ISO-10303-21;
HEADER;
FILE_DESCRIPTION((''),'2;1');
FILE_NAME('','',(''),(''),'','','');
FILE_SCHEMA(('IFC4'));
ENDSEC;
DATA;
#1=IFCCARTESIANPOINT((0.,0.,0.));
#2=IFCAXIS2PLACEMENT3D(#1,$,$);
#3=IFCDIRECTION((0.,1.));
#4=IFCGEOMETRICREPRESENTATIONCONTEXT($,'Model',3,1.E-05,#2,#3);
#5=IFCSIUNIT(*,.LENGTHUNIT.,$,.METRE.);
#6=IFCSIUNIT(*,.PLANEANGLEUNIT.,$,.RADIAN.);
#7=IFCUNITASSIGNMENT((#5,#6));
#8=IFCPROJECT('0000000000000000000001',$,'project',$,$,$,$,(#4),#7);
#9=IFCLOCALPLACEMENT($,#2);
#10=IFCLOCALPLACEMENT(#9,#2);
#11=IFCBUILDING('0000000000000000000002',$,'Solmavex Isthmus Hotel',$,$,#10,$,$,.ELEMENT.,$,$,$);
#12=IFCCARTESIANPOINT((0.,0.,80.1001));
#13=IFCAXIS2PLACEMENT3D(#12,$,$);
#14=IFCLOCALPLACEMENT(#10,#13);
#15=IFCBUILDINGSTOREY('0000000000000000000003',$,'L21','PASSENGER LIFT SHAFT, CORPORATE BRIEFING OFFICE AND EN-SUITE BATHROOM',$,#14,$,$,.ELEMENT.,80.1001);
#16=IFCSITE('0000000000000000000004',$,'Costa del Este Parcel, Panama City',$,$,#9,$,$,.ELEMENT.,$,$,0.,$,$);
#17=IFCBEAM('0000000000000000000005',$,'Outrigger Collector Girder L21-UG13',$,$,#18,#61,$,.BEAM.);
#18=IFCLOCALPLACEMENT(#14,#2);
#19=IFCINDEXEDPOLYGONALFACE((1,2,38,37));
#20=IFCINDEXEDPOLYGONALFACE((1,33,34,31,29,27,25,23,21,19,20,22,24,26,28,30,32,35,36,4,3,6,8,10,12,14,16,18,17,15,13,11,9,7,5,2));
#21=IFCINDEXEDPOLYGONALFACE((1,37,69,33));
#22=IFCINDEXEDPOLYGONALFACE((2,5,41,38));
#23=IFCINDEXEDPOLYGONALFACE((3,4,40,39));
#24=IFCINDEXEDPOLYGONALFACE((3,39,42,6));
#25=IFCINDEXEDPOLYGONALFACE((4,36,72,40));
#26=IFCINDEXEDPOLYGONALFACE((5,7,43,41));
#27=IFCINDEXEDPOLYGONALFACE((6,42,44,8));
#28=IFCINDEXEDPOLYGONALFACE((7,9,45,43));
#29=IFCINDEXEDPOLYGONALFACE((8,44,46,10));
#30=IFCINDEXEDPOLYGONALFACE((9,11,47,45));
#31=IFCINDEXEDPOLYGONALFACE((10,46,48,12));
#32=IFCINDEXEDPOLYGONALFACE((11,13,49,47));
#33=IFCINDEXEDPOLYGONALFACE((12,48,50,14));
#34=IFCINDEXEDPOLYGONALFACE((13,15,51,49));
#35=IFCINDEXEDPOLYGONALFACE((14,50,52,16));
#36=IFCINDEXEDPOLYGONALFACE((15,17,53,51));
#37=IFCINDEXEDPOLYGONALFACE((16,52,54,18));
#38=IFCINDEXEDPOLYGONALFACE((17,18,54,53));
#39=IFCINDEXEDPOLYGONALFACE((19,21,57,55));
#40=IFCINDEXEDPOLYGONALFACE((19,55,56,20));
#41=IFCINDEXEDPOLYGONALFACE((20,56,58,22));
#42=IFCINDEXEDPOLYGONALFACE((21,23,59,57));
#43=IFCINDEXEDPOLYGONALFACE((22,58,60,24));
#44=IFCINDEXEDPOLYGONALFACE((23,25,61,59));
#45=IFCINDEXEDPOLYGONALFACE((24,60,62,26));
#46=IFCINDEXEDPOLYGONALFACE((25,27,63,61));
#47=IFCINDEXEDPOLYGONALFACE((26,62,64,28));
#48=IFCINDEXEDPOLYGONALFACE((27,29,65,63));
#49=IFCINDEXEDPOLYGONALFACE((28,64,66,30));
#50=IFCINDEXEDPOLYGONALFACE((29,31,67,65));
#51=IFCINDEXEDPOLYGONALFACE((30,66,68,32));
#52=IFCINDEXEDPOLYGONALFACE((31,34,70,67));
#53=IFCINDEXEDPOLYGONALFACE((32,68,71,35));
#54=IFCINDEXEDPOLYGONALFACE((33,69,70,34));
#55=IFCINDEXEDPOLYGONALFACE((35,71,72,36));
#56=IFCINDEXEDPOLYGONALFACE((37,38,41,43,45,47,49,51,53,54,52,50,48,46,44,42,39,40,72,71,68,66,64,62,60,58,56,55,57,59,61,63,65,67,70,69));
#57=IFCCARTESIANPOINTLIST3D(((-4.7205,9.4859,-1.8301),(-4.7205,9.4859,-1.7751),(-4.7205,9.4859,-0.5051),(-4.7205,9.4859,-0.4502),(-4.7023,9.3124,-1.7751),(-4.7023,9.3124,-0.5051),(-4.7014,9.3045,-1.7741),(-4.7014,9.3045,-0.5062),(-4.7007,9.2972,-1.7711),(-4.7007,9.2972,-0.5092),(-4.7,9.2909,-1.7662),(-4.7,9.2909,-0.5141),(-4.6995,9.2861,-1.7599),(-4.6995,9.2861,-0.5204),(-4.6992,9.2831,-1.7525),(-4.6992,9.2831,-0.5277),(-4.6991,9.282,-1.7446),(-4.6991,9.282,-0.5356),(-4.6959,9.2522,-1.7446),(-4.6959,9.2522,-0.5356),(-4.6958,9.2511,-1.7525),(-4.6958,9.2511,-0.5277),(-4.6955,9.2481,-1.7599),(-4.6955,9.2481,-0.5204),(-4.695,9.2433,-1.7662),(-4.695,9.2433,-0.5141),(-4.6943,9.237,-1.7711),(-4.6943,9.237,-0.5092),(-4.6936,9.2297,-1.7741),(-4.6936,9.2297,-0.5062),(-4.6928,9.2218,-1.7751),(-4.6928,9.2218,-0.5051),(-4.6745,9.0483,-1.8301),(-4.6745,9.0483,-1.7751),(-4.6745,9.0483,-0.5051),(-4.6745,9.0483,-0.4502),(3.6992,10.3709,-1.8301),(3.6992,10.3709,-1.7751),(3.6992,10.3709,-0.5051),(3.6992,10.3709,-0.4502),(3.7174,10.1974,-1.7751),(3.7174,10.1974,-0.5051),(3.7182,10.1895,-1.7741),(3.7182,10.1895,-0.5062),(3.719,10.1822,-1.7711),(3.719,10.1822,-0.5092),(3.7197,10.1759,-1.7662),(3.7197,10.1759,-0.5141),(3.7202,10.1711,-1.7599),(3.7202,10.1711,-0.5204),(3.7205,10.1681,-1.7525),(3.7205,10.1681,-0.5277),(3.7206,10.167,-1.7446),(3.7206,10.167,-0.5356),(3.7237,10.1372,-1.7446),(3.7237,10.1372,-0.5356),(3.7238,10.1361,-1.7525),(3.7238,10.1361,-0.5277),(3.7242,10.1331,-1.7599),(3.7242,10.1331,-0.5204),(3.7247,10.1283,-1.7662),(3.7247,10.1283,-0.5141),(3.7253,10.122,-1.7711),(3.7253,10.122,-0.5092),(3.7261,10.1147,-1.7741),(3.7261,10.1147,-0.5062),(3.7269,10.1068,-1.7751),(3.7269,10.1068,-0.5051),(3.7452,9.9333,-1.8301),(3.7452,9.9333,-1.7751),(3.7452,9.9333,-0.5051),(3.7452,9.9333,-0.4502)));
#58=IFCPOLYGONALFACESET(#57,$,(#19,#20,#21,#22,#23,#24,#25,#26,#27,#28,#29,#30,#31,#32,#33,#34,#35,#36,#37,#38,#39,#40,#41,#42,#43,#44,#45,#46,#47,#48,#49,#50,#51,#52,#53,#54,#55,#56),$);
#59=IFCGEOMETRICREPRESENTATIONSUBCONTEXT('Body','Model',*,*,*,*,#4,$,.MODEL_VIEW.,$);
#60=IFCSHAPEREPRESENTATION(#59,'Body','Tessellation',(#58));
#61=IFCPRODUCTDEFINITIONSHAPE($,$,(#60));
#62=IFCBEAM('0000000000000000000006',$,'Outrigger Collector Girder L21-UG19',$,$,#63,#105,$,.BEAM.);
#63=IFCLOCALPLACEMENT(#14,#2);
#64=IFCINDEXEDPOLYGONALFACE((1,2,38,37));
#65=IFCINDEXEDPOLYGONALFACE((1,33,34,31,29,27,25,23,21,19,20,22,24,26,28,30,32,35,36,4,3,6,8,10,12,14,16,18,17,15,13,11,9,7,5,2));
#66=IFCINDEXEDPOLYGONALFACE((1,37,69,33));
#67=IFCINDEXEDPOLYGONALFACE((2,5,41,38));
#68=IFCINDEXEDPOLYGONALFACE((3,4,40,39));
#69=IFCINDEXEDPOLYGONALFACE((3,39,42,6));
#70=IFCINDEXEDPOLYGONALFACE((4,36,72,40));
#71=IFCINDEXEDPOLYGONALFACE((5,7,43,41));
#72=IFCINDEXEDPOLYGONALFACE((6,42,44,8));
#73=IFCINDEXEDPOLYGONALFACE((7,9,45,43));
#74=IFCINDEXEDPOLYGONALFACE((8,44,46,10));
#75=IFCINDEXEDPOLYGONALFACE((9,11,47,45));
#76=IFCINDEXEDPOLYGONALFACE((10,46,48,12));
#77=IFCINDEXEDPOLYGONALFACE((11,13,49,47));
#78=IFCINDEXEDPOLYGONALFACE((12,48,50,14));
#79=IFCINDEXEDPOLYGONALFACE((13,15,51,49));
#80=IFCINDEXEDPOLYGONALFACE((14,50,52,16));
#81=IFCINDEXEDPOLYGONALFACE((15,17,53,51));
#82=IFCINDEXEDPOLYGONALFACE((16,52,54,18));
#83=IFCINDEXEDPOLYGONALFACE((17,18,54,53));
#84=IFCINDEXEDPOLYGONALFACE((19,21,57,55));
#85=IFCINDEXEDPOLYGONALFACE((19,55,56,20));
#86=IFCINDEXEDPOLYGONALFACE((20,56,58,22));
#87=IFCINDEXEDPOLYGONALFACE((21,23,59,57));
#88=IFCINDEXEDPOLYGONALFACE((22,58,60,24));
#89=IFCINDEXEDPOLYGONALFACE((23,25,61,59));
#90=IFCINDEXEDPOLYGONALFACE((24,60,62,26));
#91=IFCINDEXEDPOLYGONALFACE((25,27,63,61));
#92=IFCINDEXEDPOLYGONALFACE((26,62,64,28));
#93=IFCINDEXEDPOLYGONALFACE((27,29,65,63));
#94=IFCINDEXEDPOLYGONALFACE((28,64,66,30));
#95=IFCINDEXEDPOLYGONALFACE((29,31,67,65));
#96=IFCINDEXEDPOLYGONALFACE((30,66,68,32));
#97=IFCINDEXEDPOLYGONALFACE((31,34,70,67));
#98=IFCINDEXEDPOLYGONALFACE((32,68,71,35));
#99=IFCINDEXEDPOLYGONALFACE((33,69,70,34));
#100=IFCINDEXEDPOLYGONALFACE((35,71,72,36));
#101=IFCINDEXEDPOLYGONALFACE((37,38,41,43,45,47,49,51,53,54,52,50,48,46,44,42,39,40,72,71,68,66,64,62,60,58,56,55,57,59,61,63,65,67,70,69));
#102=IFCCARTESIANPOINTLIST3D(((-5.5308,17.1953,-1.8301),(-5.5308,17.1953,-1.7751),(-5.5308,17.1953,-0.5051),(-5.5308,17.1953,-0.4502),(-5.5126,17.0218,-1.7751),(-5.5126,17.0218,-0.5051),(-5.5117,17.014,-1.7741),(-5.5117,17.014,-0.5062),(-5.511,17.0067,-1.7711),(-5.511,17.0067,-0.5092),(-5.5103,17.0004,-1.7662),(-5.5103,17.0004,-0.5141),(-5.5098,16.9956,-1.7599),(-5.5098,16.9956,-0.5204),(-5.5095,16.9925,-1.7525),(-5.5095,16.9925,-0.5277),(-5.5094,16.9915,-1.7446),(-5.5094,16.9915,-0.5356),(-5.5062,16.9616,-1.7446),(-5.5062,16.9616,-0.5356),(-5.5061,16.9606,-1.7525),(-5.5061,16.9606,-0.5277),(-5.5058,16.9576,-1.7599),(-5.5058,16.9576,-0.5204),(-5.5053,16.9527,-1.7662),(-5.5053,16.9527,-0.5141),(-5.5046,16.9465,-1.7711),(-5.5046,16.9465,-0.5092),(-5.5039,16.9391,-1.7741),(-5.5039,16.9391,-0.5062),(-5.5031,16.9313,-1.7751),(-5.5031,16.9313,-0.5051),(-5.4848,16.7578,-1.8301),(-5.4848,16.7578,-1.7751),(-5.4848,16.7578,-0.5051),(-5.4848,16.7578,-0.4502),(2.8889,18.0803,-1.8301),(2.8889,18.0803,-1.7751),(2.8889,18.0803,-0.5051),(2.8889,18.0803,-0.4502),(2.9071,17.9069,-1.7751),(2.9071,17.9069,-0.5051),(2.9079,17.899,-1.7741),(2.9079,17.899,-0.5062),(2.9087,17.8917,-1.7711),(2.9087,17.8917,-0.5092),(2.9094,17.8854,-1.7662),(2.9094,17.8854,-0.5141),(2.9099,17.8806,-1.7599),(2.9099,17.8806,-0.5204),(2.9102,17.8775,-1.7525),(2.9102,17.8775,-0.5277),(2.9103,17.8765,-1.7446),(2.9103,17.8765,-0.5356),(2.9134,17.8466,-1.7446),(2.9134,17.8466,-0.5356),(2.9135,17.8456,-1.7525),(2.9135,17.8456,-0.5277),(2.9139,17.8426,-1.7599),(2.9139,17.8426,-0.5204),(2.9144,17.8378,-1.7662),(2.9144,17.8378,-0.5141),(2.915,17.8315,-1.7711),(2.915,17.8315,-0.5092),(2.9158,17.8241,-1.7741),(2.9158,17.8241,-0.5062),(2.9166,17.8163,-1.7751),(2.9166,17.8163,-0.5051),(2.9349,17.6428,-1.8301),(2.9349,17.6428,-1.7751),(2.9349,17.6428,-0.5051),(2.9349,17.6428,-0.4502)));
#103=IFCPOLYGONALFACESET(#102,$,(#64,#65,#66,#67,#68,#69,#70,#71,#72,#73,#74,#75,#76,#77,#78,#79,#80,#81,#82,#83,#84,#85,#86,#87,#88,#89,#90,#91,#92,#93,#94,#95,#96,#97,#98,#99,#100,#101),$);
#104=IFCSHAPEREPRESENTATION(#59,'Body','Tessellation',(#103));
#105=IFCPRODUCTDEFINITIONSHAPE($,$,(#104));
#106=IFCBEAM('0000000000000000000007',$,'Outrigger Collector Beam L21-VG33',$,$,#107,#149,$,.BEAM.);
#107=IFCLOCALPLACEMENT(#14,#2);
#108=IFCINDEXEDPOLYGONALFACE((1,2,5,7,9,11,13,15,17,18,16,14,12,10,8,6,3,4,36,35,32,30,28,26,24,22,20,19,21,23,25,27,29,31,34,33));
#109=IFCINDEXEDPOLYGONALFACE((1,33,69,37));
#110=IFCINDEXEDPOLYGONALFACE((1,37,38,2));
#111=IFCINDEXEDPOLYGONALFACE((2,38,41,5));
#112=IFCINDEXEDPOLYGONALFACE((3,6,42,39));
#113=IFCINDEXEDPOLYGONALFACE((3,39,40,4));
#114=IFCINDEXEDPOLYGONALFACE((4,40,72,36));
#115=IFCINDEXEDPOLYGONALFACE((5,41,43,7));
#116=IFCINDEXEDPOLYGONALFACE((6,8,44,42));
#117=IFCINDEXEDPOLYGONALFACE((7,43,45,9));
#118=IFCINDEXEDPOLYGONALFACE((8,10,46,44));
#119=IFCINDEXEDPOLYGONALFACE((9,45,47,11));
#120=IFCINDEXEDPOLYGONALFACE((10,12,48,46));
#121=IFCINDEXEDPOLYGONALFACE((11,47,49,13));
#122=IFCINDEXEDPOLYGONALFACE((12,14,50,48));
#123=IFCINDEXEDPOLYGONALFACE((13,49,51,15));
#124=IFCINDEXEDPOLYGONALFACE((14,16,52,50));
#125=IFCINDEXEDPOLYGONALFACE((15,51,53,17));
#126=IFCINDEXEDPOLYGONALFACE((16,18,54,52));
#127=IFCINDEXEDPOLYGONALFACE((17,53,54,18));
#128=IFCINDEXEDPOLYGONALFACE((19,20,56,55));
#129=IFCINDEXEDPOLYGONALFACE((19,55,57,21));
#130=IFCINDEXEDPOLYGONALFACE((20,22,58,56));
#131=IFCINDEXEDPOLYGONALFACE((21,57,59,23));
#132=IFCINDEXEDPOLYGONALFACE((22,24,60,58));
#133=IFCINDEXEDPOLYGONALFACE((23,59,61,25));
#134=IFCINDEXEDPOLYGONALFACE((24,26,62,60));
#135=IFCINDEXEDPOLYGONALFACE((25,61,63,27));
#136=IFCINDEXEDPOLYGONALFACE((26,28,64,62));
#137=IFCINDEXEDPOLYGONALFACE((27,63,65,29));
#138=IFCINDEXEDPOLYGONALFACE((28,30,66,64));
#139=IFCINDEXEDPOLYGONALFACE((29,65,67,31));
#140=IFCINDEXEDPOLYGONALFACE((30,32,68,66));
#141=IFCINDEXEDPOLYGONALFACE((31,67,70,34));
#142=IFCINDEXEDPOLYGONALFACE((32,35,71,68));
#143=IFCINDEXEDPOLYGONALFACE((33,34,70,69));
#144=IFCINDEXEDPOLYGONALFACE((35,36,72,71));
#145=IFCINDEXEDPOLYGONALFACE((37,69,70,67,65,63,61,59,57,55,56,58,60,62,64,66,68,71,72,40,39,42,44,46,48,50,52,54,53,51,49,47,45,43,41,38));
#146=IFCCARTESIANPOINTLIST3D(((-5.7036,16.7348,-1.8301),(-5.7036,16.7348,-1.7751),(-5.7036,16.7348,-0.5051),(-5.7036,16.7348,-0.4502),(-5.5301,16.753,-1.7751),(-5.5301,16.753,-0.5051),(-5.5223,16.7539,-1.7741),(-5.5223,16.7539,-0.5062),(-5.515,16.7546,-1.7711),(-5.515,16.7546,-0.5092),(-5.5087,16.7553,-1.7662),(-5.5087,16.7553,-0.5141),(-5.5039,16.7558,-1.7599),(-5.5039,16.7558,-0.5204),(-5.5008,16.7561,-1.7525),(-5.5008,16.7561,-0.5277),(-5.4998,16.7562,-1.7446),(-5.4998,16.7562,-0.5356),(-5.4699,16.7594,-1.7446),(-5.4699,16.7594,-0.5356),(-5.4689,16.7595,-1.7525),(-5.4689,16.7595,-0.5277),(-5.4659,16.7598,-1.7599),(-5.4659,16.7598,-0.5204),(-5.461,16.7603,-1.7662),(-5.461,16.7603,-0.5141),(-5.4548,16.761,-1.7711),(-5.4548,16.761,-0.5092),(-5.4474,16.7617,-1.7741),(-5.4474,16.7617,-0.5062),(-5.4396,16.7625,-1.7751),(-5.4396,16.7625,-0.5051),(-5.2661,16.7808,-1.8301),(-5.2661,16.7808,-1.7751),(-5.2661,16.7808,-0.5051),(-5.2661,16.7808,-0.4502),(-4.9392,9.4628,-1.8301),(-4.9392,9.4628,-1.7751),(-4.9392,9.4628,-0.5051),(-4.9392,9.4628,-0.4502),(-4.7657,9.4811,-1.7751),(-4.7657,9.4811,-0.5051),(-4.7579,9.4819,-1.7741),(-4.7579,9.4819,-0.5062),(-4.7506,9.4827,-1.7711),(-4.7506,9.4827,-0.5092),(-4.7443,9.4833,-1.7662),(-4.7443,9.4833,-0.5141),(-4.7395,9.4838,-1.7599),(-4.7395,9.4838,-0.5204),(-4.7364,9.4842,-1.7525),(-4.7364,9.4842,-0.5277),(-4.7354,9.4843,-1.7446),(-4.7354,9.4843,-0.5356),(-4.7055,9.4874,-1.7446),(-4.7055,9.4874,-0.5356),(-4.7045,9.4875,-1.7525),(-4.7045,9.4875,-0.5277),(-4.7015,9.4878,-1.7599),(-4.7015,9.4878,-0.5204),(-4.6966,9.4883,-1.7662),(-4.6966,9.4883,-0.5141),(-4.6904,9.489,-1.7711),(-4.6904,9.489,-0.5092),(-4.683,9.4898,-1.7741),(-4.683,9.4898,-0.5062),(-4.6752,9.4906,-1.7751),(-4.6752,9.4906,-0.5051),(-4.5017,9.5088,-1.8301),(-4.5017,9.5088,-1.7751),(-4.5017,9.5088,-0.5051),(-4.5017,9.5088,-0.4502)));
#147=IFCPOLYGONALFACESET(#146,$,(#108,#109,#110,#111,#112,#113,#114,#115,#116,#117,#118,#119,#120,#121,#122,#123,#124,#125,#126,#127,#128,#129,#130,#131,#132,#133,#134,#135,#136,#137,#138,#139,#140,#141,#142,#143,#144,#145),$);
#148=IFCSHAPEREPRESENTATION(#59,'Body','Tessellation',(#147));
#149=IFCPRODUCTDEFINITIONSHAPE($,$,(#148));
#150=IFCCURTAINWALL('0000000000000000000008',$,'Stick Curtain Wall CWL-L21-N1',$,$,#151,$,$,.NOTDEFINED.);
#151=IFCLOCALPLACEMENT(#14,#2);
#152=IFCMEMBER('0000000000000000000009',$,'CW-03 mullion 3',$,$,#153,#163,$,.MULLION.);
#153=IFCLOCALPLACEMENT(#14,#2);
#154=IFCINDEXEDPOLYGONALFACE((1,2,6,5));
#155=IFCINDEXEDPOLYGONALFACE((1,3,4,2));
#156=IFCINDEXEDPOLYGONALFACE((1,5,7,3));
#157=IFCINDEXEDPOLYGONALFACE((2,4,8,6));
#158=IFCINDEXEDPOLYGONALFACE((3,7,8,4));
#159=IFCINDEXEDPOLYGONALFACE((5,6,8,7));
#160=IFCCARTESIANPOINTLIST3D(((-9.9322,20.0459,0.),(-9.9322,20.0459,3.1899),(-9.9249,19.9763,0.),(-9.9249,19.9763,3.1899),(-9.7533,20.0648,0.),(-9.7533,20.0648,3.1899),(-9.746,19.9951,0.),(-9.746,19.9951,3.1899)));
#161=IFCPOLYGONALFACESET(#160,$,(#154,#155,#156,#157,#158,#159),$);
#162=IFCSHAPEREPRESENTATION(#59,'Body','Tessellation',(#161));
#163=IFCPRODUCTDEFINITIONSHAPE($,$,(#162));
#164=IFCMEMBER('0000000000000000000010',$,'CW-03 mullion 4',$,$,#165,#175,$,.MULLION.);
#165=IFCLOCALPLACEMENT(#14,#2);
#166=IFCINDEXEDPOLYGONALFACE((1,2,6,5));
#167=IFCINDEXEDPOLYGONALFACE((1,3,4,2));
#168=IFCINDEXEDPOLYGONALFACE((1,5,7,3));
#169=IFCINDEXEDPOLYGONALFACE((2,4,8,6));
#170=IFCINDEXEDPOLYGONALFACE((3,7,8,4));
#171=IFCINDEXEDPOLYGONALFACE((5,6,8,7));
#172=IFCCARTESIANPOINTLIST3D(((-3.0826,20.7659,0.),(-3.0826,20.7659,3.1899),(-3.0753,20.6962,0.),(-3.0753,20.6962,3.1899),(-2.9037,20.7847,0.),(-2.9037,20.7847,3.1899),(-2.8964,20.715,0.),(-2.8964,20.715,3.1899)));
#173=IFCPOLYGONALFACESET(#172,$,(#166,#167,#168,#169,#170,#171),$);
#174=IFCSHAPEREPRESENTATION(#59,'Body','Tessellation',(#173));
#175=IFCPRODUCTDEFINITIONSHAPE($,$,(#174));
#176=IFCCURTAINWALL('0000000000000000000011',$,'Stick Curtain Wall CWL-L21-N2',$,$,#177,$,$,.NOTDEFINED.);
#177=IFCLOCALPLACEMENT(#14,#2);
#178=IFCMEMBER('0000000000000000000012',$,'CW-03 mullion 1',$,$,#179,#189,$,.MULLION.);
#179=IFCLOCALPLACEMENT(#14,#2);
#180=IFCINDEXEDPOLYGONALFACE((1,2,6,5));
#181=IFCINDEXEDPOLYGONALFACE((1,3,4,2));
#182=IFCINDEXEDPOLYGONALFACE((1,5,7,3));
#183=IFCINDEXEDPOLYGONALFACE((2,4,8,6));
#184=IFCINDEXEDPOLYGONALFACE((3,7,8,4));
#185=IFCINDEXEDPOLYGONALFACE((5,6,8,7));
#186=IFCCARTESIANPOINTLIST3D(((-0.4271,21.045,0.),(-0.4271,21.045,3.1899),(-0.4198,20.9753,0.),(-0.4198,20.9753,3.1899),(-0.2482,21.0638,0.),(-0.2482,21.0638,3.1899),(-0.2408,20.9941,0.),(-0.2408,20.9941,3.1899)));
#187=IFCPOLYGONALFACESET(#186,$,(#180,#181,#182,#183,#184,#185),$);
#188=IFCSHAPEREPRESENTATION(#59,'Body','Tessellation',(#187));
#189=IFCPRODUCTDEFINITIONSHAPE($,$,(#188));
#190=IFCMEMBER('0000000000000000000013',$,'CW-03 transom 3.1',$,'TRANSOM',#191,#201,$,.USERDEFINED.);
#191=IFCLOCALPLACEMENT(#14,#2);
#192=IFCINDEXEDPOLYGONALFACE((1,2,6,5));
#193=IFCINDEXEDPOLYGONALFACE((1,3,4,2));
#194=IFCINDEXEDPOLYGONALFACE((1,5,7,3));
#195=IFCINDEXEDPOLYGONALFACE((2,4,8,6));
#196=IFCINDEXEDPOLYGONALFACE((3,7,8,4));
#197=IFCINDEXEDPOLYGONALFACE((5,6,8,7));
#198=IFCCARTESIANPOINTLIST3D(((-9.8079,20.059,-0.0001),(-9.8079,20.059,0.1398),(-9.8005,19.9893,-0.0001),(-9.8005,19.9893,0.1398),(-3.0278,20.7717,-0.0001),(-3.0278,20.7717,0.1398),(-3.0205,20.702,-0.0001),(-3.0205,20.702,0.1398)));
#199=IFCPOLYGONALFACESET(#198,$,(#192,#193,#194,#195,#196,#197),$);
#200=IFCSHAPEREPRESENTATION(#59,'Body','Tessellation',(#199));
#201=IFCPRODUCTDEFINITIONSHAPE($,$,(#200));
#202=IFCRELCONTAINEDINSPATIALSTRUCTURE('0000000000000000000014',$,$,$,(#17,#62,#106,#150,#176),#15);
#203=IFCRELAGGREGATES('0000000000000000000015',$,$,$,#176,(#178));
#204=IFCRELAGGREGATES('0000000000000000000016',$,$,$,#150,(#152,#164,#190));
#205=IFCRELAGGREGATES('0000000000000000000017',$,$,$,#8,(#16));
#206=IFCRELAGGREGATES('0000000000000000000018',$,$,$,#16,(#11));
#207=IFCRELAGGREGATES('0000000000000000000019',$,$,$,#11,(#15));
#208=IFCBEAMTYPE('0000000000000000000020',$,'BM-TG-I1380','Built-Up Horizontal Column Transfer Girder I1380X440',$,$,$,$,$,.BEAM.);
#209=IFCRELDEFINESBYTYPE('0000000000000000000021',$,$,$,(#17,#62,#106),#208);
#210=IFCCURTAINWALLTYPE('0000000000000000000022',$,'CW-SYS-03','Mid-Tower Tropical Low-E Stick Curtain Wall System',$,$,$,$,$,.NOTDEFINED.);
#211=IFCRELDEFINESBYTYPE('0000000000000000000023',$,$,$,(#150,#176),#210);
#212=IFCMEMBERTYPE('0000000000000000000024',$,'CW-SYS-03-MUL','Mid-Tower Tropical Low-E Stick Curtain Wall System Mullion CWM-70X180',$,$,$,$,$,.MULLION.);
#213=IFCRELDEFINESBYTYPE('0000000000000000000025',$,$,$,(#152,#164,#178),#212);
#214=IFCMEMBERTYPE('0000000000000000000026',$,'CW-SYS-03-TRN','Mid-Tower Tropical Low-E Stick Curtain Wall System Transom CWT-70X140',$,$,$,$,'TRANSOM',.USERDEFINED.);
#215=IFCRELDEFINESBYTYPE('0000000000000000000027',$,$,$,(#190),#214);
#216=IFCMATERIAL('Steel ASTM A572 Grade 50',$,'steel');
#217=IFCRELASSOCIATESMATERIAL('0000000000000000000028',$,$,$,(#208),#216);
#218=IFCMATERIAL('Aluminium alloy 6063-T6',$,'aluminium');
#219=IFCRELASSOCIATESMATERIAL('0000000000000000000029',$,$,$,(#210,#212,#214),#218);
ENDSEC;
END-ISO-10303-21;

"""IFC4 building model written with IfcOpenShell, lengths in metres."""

from ifc_helpers import new_model, si_unit, direction, frame, origin, origin_2d, place, context, subcontext, project, spatial, rectangle, i_section, extrude, material, material_profile, profile_set, type_object, element, aggregate, save


model = new_model("IFC4")

# Units and contexts
model_context = context("Model", 3, precision=1e-05, world=origin(), true_north=direction((0.0, 1.0)))
body_context = subcontext(model_context, "Body", "Model", "MODEL_VIEW")
ifc_project = project(units=[si_unit("LENGTHUNIT", "METRE"), si_unit("PLANEANGLEUNIT", "RADIAN")], contexts=[model_context])

# Site, building, storey
site_placement = place(None, origin())
site = spatial("IfcSite", under=ifc_project, at=site_placement, Name="Costa del Este Parcel, Panama City", CompositionType="ELEMENT", RefElevation=0.0)
building_placement = place(site_placement, origin())
building = spatial("IfcBuilding", under=site, at=building_placement, Name="Solmavex Isthmus Hotel", CompositionType="ELEMENT")
storey_placement = place(building_placement, frame((0.0, 0.0, 80.1001)))
storey = spatial("IfcBuildingStorey", under=building, at=storey_placement, Name="L21", Description="PASSENGER LIFT SHAFT, CORPORATE BRIEFING OFFICE AND EN-SUITE BATHROOM", CompositionType="ELEMENT", Elevation=80.1001)

# Beams
ifc_material_1 = material(Name="Steel ASTM A572 Grade 50", Category="steel")
ifc_material_profile_1 = material_profile(ifc_material_1, i_section(OverallWidth=0.4399, OverallDepth=1.3799, WebThickness=0.03, FlangeThickness=0.0549, FilletRadius=0.0305, at=origin_2d()), Name="I1380X440")
ifc_profile_set_1 = profile_set([ifc_material_profile_1], Name="Steel ASTM A572 Grade 50")
beam_type_1 = type_object("IfcBeamType", Name="BM-TG-I1380", Description="Built-Up Horizontal Column Transfer Girder I1380X440", PredefinedType="BEAM", material=ifc_profile_set_1)
for number, where, z_axis, x_axis, name in (
    (1, (-4.6975, 9.2671, -1.1401), (0.994521, 0.104536, 0.0), (-0.104536, 0.994521, 0.0), "Outrigger Collector Girder L21-UG13"),
    (2, (-5.5078, 16.9766, -1.1401), (0.994521, 0.104536, 0.0), (-0.104536, 0.994521, 0.0), "Outrigger Collector Girder L21-UG19"),
):
    element("IfcBeam", number, at=place(storey_placement, frame(where, z_axis=z_axis, x_axis=x_axis)), inside=storey, type_object=beam_type_1, Name=name, PredefinedType="BEAM", context=body_context, shape_type="SweptSolid", body=[
        extrude(i_section(OverallWidth=0.4399, OverallDepth=1.3799, WebThickness=0.03, FlangeThickness=0.0549, FilletRadius=0.0305, at=origin_2d()), origin(), (0.0, 0.0, 1.0), 8.4661),
    ])
beam_placement = place(storey_placement, frame((-4.7205, 9.4858, -1.1401), z_axis=(-0.104541, 0.994521, 0.0), x_axis=(-0.994521, -0.104541, 0.0)))
element("IfcBeam", 3, at=beam_placement, inside=storey, type_object=beam_type_1, Name="Outrigger Collector Beam L21-VG33", PredefinedType="BEAM", context=body_context, shape_type="SweptSolid", body=[
    extrude(i_section(OverallWidth=0.4399, OverallDepth=1.3799, WebThickness=0.03, FlangeThickness=0.0549, FilletRadius=0.0305, at=origin_2d()), origin(), (0.0, 0.0, 1.0), 7.312),
])

# Curtain wall, members
ifc_material_2 = material(Name="Aluminium alloy 6063-T6", Category="aluminium")
curtain_wall_type = type_object("IfcCurtainWallType", Name="CW-SYS-03", Description="Mid-Tower Tropical Low-E Stick Curtain Wall System", PredefinedType="NOTDEFINED", material=ifc_material_2)
curtain_wall_1_placement = place(storey_placement, origin())
curtain_wall_1 = element("IfcCurtainWall", 4, at=curtain_wall_1_placement, inside=storey, type_object=curtain_wall_type, Name="Stick Curtain Wall CWL-L21-N1", PredefinedType="NOTDEFINED")
ifc_material_profile_2 = material_profile(ifc_material_2, rectangle(XDim=0.0701, YDim=0.1799, at=origin_2d()), Name="CWM-70X180")
ifc_profile_set_2 = profile_set([ifc_material_profile_2], Name="Aluminium alloy 6063-T6")
member_type_1 = type_object("IfcMemberType", Name="CW-SYS-03-MUL", Description="Mid-Tower Tropical Low-E Stick Curtain Wall System Mullion CWM-70X180", PredefinedType="MULLION", material=ifc_profile_set_2)
member_1_placement = place(storey_placement, frame((-9.8391, 20.0205, 0.0), z_axis=(0.0, 0.0, 1.0), x_axis=(-0.104528, 0.994522, 0.0)))
member_1 = element("IfcMember", 5, at=member_1_placement, type_object=member_type_1, Name="CW-03 mullion 3", PredefinedType="MULLION", context=body_context, shape_type="SweptSolid", body=[
    extrude(rectangle(XDim=0.0701, YDim=0.1799, at=origin_2d()), origin(), (0.0, 0.0, 1.0), 3.1899),
])
member_2_placement = place(storey_placement, frame((-2.9895, 20.7405, 0.0), z_axis=(0.0, 0.0, 1.0), x_axis=(-0.104528, 0.994522, 0.0)))
member_2 = element("IfcMember", 6, at=member_2_placement, type_object=member_type_1, Name="CW-03 mullion 4", PredefinedType="MULLION", context=body_context, shape_type="SweptSolid", body=[
    extrude(rectangle(XDim=0.0701, YDim=0.1799, at=origin_2d()), origin(), (0.0, 0.0, 1.0), 3.1899),
])

# Curtain wall, member
curtain_wall_2_placement = place(storey_placement, origin())
curtain_wall_2 = element("IfcCurtainWall", 7, at=curtain_wall_2_placement, inside=storey, type_object=curtain_wall_type, Name="Stick Curtain Wall CWL-L21-N2", PredefinedType="NOTDEFINED")
member_3_placement = place(storey_placement, frame((-0.334, 21.0195, 0.0), z_axis=(0.0, 0.0, 1.0), x_axis=(-0.104529, 0.994522, 0.0)))
member_3 = element("IfcMember", 8, at=member_3_placement, type_object=member_type_1, Name="CW-03 mullion 1", PredefinedType="MULLION", context=body_context, shape_type="SweptSolid", body=[
    extrude(rectangle(XDim=0.0701, YDim=0.1799, at=origin_2d()), origin(), (0.0, 0.0, 1.0), 3.1899),
])

# Member
ifc_material_profile_3 = material_profile(ifc_material_2, rectangle(XDim=0.0701, YDim=0.1399, at=origin_2d()), Name="CWT-70X140")
ifc_profile_set_3 = profile_set([ifc_material_profile_3], Name="Aluminium alloy 6063-T6")
member_type_2 = type_object("IfcMemberType", Name="CW-SYS-03-TRN", Description="Mid-Tower Tropical Low-E Stick Curtain Wall System Transom CWT-70X140", ElementType="TRANSOM", PredefinedType="USERDEFINED", material=ifc_profile_set_3)
member_4_placement = place(storey_placement, frame((-9.8042, 20.0242, 0.0698), z_axis=(0.994521, 0.104534, 0.0), x_axis=(-0.104534, 0.994521, 0.0)))
member_4 = element("IfcMember", 9, at=member_4_placement, type_object=member_type_2, Name="CW-03 transom 3.1", ObjectType="TRANSOM", PredefinedType="USERDEFINED", context=body_context, shape_type="SweptSolid", body=[
    extrude(rectangle(XDim=0.0701, YDim=0.1399, at=origin_2d()), origin(), (0.0, 0.0, 1.0), 6.8174),
])
aggregate(curtain_wall_2, [member_3])

aggregate(curtain_wall_1, [member_1, member_2, member_4])

save(model, "model.ifc")
